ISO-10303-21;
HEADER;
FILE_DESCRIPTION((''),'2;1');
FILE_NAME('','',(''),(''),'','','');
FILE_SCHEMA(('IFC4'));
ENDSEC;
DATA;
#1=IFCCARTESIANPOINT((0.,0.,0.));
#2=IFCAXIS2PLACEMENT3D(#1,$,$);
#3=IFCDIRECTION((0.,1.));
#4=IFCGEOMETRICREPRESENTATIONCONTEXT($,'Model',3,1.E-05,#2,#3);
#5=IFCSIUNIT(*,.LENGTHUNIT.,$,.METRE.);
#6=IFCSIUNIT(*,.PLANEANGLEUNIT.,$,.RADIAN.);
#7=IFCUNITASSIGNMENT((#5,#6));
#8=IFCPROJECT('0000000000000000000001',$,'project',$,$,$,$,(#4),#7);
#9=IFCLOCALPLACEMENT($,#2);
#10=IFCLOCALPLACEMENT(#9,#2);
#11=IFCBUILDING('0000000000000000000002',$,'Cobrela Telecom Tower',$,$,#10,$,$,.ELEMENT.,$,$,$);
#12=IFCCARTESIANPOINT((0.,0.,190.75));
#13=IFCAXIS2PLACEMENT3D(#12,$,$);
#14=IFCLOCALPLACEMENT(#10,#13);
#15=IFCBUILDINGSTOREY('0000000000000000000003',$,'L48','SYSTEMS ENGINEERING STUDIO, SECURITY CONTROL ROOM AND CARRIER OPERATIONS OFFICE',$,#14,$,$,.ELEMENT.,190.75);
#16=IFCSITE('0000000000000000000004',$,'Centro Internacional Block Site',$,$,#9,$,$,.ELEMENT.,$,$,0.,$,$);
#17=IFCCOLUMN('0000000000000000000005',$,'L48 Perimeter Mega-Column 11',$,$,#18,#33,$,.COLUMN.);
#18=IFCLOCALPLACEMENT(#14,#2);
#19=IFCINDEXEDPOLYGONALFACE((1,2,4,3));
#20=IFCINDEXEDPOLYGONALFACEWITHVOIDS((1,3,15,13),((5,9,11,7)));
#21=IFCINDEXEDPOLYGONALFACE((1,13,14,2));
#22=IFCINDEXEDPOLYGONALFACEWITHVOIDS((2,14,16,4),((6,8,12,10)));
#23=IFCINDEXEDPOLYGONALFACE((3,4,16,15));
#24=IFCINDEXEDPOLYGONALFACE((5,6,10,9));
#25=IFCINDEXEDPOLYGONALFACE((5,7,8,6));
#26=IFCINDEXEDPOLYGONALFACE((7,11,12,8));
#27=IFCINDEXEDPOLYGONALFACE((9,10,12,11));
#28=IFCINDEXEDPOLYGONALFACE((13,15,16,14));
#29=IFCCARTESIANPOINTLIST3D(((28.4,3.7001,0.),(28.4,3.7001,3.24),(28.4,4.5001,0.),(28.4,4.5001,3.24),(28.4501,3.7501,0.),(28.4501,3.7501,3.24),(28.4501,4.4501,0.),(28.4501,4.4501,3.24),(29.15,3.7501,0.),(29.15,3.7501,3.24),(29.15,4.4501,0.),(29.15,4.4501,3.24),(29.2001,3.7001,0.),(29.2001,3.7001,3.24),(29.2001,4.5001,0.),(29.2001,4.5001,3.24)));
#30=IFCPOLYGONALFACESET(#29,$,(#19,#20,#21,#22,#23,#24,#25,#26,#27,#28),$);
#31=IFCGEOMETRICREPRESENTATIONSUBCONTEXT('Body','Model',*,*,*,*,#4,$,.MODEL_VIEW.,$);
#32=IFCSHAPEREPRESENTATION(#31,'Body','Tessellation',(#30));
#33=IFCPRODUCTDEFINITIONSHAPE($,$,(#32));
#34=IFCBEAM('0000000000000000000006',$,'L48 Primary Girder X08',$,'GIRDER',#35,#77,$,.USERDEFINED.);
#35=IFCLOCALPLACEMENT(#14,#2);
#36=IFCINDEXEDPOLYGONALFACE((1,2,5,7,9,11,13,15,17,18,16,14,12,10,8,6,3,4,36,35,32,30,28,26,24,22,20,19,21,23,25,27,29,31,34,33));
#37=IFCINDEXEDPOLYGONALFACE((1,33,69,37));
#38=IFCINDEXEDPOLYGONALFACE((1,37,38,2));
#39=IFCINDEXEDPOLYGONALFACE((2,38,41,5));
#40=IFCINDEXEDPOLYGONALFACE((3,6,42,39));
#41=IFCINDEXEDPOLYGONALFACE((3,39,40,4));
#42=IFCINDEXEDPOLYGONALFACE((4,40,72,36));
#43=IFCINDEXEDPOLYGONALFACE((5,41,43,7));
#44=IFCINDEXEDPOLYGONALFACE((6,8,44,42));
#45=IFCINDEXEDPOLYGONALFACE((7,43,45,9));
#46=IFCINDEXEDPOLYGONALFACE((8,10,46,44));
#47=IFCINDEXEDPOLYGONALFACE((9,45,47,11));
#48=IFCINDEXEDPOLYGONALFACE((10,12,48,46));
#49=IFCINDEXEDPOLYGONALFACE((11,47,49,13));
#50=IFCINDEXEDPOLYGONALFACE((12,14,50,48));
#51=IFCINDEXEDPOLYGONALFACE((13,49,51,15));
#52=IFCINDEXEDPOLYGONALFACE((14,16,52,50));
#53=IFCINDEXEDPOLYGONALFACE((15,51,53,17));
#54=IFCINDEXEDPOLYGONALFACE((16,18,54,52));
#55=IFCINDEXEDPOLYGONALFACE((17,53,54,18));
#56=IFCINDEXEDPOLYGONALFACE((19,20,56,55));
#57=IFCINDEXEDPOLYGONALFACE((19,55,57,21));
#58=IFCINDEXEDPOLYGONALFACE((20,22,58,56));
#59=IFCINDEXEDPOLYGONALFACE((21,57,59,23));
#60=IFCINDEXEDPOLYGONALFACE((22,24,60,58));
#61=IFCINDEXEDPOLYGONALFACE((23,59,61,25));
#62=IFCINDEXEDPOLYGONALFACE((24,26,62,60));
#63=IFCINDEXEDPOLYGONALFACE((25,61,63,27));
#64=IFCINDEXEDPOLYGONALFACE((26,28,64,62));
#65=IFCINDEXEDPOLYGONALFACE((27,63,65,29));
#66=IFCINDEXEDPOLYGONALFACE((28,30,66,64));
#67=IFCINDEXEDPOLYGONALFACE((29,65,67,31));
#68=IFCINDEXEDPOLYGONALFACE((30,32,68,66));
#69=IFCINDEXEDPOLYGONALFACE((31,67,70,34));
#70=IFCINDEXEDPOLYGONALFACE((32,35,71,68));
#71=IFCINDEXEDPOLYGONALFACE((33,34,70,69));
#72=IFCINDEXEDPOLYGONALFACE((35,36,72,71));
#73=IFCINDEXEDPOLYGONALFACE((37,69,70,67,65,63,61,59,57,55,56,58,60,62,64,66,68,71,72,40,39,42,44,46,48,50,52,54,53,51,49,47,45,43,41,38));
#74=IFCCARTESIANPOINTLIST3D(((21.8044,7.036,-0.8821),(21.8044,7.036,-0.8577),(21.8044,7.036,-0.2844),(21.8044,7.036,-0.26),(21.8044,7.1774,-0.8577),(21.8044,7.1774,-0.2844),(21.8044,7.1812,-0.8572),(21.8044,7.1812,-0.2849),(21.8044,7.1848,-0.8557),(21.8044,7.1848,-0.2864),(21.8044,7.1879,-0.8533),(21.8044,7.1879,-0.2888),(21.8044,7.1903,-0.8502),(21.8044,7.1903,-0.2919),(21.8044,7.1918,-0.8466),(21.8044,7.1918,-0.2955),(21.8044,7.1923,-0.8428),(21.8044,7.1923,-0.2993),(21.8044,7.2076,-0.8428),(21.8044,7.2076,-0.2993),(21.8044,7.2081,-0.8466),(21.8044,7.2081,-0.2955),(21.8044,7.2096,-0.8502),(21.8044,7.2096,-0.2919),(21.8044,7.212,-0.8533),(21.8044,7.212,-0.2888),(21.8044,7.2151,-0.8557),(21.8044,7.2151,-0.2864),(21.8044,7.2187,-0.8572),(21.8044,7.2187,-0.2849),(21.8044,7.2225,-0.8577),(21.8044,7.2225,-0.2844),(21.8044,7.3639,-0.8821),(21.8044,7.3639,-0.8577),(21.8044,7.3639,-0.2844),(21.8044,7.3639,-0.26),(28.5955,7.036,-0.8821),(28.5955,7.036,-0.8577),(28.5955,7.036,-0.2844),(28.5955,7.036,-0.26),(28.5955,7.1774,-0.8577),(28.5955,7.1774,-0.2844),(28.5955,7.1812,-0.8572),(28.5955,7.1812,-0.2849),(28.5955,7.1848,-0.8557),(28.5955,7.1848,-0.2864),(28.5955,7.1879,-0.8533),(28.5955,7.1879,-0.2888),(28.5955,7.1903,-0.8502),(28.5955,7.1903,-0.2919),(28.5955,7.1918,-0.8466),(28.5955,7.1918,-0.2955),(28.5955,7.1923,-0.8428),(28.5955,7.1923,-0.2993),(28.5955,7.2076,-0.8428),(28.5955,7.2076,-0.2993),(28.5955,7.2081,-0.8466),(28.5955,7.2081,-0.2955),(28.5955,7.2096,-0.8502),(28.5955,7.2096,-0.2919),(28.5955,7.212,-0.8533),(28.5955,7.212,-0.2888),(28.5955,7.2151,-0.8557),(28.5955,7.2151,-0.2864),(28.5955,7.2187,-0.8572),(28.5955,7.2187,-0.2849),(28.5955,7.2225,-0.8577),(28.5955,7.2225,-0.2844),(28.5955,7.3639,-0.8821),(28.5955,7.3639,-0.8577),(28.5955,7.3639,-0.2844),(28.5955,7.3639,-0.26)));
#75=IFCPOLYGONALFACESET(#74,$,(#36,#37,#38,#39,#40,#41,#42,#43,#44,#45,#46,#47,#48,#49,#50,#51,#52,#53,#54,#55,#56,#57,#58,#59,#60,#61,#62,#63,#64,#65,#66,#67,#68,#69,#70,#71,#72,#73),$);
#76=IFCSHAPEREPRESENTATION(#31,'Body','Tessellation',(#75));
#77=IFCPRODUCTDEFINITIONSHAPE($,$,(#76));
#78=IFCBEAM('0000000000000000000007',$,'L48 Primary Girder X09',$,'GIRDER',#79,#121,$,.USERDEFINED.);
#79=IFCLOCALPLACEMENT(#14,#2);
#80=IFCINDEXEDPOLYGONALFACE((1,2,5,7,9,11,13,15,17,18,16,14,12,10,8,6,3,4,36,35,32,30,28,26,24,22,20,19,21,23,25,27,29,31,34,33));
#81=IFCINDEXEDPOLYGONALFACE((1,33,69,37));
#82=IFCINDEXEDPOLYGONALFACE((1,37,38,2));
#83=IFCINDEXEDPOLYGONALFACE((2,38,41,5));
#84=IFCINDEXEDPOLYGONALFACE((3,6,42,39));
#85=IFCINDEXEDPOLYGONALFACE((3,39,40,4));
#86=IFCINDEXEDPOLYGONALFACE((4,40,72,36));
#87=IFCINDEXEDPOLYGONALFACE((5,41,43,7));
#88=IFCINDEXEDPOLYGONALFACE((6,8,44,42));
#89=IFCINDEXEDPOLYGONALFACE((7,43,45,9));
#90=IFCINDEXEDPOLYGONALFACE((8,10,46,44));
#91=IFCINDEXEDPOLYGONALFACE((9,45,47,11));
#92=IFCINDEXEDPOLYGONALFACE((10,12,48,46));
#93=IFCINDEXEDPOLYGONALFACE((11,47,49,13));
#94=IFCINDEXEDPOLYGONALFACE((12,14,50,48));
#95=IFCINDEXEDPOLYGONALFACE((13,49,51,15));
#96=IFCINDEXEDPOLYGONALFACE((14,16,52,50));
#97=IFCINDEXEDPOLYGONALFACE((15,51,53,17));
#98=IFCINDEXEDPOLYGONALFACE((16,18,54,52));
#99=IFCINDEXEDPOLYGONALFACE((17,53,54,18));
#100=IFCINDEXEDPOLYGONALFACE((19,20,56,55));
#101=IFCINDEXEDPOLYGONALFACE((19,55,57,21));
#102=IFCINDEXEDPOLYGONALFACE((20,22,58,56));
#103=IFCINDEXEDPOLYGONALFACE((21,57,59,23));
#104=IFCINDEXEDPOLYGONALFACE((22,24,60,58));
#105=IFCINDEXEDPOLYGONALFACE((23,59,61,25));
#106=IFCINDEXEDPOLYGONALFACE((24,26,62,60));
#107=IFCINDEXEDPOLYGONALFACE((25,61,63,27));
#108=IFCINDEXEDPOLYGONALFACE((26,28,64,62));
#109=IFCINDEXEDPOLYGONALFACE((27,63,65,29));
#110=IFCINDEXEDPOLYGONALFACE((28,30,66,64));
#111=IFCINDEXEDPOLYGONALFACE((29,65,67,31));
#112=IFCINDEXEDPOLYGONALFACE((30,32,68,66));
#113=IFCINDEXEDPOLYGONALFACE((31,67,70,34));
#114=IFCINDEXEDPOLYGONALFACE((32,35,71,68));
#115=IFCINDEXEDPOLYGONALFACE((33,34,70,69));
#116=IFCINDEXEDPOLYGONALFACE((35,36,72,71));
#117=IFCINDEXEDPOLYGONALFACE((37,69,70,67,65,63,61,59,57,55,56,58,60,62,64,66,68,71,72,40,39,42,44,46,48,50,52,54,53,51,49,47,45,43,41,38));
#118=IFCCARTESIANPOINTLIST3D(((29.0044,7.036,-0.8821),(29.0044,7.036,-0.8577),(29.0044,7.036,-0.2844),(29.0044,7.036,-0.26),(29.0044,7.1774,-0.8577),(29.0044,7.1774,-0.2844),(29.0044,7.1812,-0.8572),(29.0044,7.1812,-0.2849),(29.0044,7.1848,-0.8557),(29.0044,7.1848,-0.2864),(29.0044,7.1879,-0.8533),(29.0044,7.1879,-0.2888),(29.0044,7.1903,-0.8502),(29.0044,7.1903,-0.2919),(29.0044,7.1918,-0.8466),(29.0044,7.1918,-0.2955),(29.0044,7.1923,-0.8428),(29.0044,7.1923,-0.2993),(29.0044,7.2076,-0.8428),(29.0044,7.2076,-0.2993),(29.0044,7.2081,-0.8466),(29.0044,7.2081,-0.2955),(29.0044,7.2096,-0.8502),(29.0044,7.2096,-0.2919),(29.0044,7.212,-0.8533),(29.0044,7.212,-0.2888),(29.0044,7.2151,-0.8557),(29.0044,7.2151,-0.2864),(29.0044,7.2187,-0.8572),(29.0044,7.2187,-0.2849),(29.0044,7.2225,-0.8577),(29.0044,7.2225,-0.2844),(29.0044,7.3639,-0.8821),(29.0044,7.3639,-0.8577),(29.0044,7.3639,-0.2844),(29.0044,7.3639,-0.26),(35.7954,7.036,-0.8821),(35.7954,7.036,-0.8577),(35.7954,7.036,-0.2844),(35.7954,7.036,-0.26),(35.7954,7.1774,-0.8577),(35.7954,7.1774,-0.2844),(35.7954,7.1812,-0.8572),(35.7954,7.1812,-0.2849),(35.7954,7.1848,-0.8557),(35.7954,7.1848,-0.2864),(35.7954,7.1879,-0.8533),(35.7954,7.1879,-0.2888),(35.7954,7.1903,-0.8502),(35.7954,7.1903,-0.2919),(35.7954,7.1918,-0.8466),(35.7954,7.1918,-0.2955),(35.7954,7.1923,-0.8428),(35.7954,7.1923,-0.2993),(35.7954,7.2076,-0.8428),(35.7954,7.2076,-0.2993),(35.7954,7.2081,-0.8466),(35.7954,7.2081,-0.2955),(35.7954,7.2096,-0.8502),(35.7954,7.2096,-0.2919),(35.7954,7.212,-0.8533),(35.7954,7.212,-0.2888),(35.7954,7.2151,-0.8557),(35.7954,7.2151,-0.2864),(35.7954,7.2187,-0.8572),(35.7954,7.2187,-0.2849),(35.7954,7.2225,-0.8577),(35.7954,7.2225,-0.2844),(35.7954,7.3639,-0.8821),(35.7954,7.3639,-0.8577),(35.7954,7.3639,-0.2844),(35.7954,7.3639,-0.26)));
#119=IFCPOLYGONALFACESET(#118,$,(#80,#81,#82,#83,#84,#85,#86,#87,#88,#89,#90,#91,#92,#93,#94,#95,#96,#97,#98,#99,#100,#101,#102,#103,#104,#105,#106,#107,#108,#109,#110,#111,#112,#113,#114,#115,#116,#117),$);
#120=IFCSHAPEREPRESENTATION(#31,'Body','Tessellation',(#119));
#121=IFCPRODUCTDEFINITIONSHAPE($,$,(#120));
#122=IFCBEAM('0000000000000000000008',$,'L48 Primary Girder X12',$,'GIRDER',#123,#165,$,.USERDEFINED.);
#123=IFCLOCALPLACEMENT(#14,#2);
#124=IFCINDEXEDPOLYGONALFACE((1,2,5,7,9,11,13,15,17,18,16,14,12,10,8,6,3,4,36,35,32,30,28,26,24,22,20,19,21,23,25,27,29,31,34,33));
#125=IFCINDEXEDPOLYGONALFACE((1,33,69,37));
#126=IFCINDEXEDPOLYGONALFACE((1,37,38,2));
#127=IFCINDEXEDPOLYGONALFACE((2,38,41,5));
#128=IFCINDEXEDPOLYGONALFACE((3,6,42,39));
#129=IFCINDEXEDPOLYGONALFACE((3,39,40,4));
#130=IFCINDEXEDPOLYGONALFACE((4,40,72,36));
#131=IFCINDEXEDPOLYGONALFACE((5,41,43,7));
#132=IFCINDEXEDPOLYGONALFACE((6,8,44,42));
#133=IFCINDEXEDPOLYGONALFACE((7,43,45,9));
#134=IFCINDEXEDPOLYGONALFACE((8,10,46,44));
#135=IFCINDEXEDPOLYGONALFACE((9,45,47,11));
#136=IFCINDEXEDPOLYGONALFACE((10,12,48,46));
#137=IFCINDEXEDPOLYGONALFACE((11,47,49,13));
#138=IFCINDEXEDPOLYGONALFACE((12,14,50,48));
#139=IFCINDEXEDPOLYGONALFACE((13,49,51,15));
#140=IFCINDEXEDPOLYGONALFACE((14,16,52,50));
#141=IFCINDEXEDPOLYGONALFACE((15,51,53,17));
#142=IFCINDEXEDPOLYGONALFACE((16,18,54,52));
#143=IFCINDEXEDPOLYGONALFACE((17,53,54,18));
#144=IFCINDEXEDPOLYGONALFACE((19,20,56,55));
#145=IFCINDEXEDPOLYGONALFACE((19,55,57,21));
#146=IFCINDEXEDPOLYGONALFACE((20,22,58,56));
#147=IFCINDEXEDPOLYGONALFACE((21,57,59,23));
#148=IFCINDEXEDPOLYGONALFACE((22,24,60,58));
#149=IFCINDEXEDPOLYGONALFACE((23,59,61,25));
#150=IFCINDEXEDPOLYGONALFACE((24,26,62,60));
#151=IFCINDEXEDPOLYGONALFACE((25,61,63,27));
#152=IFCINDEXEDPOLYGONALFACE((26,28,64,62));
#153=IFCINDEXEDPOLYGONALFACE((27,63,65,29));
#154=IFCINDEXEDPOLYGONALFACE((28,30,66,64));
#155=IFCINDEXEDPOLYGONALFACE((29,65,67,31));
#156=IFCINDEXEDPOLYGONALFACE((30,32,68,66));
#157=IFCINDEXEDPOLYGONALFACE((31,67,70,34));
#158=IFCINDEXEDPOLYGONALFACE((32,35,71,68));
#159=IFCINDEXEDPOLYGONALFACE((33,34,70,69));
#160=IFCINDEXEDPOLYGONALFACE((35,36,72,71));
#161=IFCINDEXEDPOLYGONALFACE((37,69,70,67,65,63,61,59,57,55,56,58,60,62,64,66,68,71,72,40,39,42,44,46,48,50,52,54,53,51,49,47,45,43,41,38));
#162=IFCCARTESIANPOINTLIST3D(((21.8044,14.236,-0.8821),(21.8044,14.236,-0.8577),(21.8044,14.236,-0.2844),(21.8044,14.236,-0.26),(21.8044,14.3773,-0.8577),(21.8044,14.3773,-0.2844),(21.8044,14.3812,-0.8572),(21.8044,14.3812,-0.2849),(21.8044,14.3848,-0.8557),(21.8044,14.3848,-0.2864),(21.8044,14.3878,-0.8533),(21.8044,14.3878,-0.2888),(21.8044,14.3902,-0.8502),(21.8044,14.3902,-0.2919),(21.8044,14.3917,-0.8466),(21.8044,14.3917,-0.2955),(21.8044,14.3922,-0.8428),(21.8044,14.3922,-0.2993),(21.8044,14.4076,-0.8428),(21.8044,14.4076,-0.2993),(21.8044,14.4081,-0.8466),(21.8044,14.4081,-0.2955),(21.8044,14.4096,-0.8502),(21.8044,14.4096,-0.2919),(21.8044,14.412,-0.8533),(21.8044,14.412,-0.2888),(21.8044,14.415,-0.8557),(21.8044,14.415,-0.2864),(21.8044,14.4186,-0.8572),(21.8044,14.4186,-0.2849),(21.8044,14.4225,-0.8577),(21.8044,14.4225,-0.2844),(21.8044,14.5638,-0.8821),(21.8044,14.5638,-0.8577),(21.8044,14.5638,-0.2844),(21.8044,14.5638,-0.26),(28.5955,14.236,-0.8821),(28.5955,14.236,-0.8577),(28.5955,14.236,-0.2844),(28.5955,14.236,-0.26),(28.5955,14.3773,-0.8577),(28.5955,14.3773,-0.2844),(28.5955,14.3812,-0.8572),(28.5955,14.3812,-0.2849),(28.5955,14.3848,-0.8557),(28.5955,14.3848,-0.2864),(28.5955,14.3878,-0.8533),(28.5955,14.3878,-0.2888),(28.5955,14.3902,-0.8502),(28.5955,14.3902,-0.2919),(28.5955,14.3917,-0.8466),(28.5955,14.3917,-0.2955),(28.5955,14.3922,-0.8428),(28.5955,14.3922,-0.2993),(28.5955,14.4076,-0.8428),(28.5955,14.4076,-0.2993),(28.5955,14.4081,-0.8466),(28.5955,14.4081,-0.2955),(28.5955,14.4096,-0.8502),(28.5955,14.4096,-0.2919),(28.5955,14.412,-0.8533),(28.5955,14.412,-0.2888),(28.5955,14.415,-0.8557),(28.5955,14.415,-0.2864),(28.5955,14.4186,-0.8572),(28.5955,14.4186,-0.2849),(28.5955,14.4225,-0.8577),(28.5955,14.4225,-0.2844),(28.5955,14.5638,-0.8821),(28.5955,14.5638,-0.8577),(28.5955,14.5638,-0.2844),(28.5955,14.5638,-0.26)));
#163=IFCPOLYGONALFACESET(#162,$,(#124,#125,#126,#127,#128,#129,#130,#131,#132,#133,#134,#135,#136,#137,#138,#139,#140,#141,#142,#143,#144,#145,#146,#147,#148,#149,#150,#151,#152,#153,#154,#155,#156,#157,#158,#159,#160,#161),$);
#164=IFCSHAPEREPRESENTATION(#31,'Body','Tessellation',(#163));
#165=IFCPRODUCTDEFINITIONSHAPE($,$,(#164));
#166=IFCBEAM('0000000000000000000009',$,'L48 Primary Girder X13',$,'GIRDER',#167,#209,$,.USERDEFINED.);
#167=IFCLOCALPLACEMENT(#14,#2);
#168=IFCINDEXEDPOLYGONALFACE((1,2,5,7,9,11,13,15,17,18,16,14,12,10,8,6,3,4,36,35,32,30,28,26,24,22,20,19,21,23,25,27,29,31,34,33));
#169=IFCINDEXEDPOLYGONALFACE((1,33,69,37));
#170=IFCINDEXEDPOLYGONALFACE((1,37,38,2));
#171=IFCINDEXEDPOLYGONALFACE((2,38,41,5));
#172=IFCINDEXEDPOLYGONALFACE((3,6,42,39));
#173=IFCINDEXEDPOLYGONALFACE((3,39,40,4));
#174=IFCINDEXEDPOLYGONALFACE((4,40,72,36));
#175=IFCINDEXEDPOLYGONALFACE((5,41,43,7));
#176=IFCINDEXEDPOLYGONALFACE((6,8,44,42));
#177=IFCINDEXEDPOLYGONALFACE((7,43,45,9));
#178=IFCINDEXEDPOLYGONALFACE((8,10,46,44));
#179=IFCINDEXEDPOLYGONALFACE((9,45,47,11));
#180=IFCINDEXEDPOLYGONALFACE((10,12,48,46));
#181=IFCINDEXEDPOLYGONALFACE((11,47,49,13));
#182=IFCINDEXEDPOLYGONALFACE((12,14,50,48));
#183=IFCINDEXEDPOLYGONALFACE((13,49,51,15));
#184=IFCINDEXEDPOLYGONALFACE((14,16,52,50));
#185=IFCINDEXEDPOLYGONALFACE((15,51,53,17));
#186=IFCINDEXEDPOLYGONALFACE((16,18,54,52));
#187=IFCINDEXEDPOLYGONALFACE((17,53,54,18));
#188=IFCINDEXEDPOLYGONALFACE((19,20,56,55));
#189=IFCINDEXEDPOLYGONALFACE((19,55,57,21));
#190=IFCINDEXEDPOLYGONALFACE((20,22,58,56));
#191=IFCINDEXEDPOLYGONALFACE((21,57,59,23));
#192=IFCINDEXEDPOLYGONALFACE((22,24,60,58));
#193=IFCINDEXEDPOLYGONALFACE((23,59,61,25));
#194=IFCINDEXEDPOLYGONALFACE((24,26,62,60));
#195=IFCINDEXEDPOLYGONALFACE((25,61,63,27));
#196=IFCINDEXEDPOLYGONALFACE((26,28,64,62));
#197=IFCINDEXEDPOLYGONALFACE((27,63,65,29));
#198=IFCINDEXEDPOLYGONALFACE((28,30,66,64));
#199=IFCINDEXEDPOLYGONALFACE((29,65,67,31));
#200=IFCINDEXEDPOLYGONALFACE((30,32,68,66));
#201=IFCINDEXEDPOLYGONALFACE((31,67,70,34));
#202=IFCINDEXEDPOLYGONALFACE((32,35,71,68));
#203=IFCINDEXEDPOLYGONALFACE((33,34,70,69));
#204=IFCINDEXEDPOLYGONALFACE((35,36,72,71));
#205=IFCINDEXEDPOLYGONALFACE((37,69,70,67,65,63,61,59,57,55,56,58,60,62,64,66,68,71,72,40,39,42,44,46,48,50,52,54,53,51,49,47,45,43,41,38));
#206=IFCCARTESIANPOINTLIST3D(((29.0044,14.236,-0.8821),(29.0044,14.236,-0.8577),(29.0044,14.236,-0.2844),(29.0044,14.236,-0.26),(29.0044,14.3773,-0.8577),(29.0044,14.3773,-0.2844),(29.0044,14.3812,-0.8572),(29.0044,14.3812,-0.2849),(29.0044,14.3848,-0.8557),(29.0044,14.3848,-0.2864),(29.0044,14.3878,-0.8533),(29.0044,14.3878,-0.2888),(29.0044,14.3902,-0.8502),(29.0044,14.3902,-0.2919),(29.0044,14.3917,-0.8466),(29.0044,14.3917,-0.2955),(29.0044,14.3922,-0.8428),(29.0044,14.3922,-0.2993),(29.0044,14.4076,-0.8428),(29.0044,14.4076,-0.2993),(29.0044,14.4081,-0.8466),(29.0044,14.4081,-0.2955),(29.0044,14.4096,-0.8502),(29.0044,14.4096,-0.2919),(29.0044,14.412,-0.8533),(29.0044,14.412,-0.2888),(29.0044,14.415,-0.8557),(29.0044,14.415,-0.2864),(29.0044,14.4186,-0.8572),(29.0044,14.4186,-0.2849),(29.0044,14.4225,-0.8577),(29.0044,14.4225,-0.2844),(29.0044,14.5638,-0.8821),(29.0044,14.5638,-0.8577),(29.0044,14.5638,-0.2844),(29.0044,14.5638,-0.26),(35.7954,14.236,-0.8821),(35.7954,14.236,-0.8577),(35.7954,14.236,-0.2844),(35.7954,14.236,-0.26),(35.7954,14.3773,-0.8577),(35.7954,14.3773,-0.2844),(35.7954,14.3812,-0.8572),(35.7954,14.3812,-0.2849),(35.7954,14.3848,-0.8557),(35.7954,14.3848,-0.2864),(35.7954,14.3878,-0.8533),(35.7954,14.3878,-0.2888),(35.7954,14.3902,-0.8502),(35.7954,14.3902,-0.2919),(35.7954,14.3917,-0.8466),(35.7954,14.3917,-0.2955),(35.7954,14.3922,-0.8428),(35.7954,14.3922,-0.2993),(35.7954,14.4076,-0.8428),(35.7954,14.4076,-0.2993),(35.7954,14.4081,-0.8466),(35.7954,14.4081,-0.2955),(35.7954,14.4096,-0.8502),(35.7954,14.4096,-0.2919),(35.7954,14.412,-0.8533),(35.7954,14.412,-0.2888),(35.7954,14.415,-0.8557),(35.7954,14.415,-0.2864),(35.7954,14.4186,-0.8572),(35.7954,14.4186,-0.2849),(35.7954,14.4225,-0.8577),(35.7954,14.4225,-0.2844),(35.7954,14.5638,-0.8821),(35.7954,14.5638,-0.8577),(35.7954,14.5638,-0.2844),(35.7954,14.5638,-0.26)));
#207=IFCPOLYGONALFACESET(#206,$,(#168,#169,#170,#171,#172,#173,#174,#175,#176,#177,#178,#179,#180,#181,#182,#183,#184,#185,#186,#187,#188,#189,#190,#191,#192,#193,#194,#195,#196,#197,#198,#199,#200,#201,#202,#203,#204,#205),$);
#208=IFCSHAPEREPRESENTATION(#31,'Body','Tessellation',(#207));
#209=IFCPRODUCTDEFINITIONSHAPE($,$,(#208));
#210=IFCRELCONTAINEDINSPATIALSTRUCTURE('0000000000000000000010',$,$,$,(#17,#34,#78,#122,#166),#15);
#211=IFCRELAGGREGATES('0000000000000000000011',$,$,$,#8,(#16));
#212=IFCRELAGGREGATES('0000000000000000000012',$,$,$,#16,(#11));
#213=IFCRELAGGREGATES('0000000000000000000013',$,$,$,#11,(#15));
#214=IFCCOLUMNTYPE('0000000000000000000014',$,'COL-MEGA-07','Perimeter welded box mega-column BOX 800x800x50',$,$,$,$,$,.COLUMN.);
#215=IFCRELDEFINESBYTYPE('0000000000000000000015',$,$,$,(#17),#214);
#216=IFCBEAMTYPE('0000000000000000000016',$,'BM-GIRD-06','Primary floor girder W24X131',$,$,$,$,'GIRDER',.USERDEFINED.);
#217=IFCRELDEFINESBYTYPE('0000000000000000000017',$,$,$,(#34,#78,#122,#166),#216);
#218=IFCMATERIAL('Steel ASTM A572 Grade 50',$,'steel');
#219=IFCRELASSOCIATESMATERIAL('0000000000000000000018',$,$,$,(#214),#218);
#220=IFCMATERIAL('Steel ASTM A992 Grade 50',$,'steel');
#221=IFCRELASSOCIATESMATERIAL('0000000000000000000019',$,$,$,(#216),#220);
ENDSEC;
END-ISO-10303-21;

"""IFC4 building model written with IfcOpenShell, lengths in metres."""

from ifc_helpers import new_model, si_unit, direction, frame, origin, origin_2d, place, context, subcontext, project, spatial, hollow_rectangle, i_section, extrude, material, material_profile, profile_set, type_object, element, save


model = new_model("IFC4")

# Units and contexts
model_context = context("Model", 3, precision=1e-05, world=origin(), true_north=direction((0.0, 1.0)))
body_context = subcontext(model_context, "Body", "Model", "MODEL_VIEW")
ifc_project = project(units=[si_unit("LENGTHUNIT", "METRE"), si_unit("PLANEANGLEUNIT", "RADIAN")], contexts=[model_context])

# Site, building, storey
site_placement = place(None, origin())
site = spatial("IfcSite", under=ifc_project, at=site_placement, Name="Centro Internacional Block Site", CompositionType="ELEMENT", RefElevation=0.0)
building_placement = place(site_placement, origin())
building = spatial("IfcBuilding", under=site, at=building_placement, Name="Cobrela Telecom Tower", CompositionType="ELEMENT")
storey_placement = place(building_placement, frame((0.0, 0.0, 190.75)))
storey = spatial("IfcBuildingStorey", under=building, at=storey_placement, Name="L48", Description="SYSTEMS ENGINEERING STUDIO, SECURITY CONTROL ROOM AND CARRIER OPERATIONS OFFICE", CompositionType="ELEMENT", Elevation=190.75)

# Column
ifc_material_1 = material(Name="Steel ASTM A992 Grade 50", Category="steel")
ifc_material_2 = material(Name="Steel ASTM A572 Grade 50", Category="steel")
ifc_material_profile_1 = material_profile(ifc_material_2, hollow_rectangle(XDim=0.8, YDim=0.8, WallThickness=0.05, at=origin_2d()), Name="BOX 800x800x50")
ifc_profile_set_1 = profile_set([ifc_material_profile_1], Name="Steel ASTM A572 Grade 50")
column_type_1 = type_object("IfcColumnType", Name="COL-MEGA-07", Description="Perimeter welded box mega-column BOX 800x800x50", PredefinedType="COLUMN", material=ifc_profile_set_1)
for number, where, z_axis, x_axis, name in (
    (1, (28.8, 4.1001, 0.0), (0.0, 0.0, 1.0), (1.0, 0.0, 0.0), "L48 Perimeter Mega-Column 11"),
):
    element("IfcColumn", number, at=place(storey_placement, frame(where, z_axis=z_axis, x_axis=x_axis)), inside=storey, type_object=column_type_1, Name=name, PredefinedType="COLUMN", context=body_context, shape_type="SweptSolid", body=[
        extrude(hollow_rectangle(XDim=0.8, YDim=0.8, WallThickness=0.05, at=origin_2d()), origin(), (0.0, 0.0, 1.0), 3.24),
    ])

# Beams
ifc_material_profile_2 = material_profile(ifc_material_1, i_section(OverallWidth=0.3279, OverallDepth=0.6221, WebThickness=0.0154, FlangeThickness=0.0244, FilletRadius=0.0149, at=origin_2d()), Name="W24X131")
ifc_profile_set_2 = profile_set([ifc_material_profile_2], Name="Steel ASTM A992 Grade 50")
beam_type_1 = type_object("IfcBeamType", Name="BM-GIRD-06", Description="Primary floor girder W24X131", ElementType="GIRDER", PredefinedType="USERDEFINED", material=ifc_profile_set_2)
for number, where, z_axis, x_axis, name in (
    (2, (21.8044, 7.2, -0.571), (1.0, 0.0, 0.0), (0.0, 1.0, 0.0), "L48 Primary Girder X08"),
    (3, (29.0044, 7.2, -0.571), (1.0, 0.0, 0.0), (0.0, 1.0, 0.0), "L48 Primary Girder X09"),
    (4, (21.8044, 14.3999, -0.571), (1.0, 0.0, 0.0), (0.0, 1.0, 0.0), "L48 Primary Girder X12"),
    (5, (29.0044, 14.3999, -0.571), (1.0, 0.0, 0.0), (0.0, 1.0, 0.0), "L48 Primary Girder X13"),
):
    element("IfcBeam", number, at=place(storey_placement, frame(where, z_axis=z_axis, x_axis=x_axis)), inside=storey, type_object=beam_type_1, Name=name, ObjectType="GIRDER", PredefinedType="USERDEFINED", context=body_context, shape_type="SweptSolid", body=[
        extrude(i_section(OverallWidth=0.3279, OverallDepth=0.6221, WebThickness=0.0154, FlangeThickness=0.0244, FilletRadius=0.0149, at=origin_2d()), origin(), (0.0, 0.0, 1.0), 6.791),
    ])

save(model, "model.ifc")
